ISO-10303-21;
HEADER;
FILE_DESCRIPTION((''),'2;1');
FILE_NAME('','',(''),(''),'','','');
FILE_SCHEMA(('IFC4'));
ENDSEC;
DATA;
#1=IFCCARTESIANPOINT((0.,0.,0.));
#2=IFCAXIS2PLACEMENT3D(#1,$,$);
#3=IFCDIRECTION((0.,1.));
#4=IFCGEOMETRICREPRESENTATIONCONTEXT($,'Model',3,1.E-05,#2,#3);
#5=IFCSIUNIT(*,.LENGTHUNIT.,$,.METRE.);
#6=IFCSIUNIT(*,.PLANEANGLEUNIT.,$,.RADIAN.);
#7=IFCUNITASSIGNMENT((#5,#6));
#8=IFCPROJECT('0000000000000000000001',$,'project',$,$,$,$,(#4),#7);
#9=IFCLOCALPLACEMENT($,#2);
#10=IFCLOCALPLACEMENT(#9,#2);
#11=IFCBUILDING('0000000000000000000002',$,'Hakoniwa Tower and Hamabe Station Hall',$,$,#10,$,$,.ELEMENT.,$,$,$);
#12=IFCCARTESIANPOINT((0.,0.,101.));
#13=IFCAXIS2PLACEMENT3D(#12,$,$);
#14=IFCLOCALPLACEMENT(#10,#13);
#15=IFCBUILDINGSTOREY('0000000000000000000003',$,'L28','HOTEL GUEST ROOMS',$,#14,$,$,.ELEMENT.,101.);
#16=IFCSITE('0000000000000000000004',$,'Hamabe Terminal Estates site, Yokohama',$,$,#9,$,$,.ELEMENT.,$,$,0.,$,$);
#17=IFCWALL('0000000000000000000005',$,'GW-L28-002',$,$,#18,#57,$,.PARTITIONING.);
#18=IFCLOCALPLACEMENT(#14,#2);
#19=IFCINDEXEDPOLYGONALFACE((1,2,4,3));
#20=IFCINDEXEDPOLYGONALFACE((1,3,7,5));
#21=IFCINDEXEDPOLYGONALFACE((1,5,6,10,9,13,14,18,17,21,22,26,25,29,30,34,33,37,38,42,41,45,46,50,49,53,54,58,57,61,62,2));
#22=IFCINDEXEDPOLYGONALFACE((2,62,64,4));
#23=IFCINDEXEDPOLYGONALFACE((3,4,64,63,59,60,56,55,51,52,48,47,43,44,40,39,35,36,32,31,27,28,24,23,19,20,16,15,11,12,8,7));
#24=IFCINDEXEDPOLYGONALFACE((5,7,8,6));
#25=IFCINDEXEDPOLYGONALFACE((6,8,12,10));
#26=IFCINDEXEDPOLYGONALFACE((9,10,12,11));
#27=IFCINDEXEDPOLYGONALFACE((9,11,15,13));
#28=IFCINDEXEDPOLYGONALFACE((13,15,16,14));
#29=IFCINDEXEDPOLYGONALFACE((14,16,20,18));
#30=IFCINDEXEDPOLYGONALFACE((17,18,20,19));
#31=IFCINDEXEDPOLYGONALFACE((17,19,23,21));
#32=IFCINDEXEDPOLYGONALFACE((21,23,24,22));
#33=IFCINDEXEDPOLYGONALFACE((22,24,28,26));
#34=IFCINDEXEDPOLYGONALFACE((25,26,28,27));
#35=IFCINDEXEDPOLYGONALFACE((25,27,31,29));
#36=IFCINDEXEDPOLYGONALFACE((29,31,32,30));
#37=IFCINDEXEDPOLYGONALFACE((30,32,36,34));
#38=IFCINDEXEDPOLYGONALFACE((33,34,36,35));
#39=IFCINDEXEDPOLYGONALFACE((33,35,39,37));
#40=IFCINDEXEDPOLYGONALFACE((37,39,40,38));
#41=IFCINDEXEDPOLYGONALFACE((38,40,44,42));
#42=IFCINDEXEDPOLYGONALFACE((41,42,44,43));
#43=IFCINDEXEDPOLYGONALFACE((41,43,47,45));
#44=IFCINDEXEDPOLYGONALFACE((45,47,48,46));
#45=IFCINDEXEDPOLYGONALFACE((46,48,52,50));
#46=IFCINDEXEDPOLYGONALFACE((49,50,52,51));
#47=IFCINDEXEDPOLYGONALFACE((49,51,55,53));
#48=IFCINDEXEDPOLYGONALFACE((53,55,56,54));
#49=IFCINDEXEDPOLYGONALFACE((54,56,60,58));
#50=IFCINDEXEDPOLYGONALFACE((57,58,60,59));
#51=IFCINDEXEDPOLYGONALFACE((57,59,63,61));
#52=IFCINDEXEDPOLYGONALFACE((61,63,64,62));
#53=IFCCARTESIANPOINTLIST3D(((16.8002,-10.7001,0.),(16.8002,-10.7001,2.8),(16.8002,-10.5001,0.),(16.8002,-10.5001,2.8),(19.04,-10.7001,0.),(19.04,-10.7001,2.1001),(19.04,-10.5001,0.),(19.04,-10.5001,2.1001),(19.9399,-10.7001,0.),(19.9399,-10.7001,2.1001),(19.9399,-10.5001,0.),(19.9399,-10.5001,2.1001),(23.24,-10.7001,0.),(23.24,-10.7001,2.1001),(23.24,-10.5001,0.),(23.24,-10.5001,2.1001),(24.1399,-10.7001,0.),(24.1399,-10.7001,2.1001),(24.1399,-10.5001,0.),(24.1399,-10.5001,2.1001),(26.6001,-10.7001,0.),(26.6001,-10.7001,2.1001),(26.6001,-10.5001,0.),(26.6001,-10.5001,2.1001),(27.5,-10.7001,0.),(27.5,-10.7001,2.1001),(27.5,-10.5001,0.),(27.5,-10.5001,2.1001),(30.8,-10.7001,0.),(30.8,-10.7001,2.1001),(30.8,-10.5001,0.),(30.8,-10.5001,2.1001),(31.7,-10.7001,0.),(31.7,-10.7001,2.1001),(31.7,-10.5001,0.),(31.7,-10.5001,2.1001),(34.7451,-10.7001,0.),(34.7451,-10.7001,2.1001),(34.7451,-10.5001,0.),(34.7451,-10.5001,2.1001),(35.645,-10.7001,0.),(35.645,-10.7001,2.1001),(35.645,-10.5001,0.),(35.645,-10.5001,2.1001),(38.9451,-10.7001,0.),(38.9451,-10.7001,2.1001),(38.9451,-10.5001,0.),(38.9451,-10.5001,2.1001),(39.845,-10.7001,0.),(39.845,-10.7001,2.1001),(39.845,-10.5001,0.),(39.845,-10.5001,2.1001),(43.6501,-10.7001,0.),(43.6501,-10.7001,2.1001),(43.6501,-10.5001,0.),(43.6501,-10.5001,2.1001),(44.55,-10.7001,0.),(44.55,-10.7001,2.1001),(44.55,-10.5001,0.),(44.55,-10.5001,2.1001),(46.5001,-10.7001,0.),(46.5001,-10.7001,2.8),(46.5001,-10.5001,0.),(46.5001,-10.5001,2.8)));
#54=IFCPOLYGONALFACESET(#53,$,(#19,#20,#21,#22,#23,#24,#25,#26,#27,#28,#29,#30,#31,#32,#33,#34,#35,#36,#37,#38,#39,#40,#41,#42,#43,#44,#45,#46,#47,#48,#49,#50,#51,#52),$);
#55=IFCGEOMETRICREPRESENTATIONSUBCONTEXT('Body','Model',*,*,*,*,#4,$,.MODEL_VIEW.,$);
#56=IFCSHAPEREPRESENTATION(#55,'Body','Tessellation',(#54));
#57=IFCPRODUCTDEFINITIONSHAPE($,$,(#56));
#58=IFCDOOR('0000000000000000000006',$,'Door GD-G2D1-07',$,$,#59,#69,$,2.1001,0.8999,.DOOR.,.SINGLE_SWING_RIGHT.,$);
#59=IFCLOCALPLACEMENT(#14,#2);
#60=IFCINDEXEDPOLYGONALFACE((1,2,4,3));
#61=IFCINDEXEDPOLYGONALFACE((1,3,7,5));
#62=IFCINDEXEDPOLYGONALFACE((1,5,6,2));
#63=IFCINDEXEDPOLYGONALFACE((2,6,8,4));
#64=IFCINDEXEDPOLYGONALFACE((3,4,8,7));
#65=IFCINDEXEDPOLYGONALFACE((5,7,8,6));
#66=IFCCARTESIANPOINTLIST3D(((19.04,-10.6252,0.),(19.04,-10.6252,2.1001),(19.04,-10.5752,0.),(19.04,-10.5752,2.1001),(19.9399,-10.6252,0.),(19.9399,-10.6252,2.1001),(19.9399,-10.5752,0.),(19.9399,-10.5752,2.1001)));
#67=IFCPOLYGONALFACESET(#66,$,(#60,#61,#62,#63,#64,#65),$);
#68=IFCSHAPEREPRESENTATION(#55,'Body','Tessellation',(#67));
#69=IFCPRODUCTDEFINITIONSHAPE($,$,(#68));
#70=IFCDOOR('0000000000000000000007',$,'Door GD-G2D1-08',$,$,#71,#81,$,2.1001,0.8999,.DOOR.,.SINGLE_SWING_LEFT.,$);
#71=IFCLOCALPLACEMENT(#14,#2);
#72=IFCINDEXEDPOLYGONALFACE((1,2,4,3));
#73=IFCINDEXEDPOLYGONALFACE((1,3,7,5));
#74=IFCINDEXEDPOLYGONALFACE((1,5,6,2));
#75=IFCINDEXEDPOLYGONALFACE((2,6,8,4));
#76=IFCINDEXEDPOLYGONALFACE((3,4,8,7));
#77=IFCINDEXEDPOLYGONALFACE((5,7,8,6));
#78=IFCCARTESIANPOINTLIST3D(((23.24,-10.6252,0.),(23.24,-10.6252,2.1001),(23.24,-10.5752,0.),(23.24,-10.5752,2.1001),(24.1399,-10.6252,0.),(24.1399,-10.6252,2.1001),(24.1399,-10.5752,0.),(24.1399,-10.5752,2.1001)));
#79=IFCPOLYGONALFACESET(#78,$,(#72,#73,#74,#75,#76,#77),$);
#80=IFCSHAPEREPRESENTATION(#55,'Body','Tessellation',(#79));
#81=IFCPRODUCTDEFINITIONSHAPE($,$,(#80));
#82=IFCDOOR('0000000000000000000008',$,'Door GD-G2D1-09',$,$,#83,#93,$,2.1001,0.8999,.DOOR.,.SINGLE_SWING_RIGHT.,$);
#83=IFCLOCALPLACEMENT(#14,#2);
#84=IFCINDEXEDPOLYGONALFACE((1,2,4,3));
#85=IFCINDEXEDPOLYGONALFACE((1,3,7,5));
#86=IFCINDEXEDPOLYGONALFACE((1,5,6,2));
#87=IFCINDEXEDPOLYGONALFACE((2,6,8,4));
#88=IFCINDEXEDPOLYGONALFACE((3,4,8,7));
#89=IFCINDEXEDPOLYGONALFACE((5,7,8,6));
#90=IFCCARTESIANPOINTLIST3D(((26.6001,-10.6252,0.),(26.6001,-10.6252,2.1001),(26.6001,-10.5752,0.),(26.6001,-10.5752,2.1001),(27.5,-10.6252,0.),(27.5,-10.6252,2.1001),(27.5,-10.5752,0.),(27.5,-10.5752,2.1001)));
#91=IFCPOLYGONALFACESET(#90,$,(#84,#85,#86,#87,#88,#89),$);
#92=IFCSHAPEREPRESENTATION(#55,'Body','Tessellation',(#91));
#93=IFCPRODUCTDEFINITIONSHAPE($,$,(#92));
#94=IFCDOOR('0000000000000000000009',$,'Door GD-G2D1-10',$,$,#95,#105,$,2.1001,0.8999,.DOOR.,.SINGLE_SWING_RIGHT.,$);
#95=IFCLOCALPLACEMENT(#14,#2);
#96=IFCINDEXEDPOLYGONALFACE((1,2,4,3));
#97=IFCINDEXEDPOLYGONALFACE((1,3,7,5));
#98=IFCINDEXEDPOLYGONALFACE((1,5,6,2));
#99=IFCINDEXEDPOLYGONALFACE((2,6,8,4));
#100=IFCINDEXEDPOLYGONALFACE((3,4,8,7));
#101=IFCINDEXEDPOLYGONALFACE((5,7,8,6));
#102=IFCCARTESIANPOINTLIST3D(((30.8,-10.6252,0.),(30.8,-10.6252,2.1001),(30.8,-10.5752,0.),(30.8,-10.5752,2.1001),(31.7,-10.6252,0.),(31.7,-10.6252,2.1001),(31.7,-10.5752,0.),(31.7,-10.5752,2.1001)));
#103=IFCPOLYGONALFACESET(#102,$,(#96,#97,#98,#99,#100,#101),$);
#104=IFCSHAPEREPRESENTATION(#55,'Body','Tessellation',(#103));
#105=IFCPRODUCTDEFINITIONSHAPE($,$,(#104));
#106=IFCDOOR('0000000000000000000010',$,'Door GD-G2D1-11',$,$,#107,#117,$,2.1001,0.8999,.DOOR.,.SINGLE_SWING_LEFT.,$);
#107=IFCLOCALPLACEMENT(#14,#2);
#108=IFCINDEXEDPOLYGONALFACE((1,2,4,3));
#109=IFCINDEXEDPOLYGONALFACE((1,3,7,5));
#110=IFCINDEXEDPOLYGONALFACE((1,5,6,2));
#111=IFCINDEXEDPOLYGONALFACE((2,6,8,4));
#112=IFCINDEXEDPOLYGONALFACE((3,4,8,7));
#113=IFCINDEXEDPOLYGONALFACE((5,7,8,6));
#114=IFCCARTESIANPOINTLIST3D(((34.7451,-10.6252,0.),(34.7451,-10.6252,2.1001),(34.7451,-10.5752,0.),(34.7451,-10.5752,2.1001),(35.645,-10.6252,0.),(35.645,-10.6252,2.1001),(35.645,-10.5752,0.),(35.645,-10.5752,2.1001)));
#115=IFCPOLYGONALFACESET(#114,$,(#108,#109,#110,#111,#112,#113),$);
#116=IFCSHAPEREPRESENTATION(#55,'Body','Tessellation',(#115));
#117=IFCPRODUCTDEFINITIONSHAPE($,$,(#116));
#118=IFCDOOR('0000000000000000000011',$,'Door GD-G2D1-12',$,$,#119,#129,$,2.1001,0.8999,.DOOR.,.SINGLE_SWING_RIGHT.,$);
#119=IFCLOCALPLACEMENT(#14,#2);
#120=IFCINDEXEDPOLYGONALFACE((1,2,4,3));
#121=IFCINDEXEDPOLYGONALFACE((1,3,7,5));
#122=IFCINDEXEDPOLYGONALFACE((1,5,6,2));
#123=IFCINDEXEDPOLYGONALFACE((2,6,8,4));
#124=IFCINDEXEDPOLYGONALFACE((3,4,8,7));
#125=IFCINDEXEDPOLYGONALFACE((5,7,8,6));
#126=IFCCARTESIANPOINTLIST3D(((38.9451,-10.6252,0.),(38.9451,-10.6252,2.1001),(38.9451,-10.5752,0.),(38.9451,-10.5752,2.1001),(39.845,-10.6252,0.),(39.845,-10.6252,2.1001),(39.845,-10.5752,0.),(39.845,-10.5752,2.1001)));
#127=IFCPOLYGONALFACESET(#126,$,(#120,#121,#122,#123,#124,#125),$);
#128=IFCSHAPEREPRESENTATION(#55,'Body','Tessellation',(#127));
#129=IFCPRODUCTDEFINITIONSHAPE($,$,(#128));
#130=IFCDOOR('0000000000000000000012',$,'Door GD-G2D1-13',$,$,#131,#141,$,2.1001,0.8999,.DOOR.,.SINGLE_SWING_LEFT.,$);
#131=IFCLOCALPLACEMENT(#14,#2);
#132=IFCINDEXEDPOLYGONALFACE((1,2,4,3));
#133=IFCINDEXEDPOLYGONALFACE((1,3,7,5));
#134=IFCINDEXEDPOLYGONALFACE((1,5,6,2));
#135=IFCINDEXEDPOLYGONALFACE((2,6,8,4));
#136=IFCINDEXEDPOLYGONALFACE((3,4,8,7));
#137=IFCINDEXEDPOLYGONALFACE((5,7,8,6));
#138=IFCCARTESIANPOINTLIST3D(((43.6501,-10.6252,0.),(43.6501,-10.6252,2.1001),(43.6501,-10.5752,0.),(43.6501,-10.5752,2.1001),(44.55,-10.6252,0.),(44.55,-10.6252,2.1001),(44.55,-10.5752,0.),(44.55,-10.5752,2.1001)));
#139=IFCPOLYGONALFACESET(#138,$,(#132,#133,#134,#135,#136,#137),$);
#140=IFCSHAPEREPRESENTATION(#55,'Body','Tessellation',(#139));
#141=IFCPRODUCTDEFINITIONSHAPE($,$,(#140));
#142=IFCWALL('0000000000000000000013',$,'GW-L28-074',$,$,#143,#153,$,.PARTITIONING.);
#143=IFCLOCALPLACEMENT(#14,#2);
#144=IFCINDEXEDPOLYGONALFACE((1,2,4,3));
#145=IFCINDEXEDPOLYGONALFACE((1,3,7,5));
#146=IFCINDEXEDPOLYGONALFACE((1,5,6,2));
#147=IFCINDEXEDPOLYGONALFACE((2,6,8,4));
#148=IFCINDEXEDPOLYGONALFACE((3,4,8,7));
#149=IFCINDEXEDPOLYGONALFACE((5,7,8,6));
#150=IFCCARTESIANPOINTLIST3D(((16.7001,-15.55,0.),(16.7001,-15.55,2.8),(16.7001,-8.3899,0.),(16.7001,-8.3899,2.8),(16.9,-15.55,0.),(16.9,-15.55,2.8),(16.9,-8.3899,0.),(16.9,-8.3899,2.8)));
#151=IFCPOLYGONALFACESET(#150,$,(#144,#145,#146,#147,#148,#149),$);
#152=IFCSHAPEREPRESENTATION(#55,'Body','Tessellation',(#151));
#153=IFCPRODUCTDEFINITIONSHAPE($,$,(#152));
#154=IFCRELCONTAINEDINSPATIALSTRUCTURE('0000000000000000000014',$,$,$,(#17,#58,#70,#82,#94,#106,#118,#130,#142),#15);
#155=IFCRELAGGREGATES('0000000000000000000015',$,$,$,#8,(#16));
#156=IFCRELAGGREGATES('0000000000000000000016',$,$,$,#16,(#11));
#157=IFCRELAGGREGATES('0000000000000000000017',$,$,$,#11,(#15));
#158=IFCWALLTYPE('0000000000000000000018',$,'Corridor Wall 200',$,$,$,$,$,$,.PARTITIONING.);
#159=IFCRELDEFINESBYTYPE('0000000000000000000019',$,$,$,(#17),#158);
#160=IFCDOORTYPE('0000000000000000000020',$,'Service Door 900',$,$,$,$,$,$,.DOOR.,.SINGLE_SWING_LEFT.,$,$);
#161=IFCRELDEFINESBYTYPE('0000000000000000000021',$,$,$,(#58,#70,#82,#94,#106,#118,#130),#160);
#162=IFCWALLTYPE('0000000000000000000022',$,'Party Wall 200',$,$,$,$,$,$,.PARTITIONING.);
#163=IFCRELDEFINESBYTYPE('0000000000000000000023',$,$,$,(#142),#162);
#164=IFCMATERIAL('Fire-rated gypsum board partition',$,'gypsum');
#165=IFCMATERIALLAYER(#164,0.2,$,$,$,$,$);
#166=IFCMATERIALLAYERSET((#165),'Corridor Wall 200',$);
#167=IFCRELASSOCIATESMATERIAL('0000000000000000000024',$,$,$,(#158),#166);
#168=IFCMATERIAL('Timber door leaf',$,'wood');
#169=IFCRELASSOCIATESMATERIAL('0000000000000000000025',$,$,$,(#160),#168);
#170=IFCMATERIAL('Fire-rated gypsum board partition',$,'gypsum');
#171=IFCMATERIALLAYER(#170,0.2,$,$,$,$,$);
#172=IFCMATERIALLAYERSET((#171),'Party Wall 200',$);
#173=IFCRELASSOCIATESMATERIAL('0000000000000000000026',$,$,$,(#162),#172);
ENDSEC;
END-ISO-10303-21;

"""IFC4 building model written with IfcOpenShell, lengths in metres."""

from ifc_helpers import new_model, si_unit, direction, frame, frame_2d, origin, place, context, subcontext, project, spatial, rectangle, extrude, material, layer, layer_set, type_object, element, fill, save


model = new_model("IFC4")

# Units and contexts
model_context = context("Model", 3, precision=1e-05, world=origin(), true_north=direction((0.0, 1.0)))
body_context = subcontext(model_context, "Body", "Model", "MODEL_VIEW")
ifc_project = project(units=[si_unit("LENGTHUNIT", "METRE"), si_unit("PLANEANGLEUNIT", "RADIAN")], contexts=[model_context])

# Site, building, storey
site_placement = place(None, origin())
site = spatial("IfcSite", under=ifc_project, at=site_placement, Name="Hamabe Terminal Estates site, Yokohama", CompositionType="ELEMENT", RefElevation=0.0)
building_placement = place(site_placement, origin())
building = spatial("IfcBuilding", under=site, at=building_placement, Name="Hakoniwa Tower and Hamabe Station Hall", CompositionType="ELEMENT")
storey_placement = place(building_placement, frame((0.0, 0.0, 101.0)))
storey = spatial("IfcBuildingStorey", under=building, at=storey_placement, Name="L28", Description="HOTEL GUEST ROOMS", CompositionType="ELEMENT", Elevation=101.0)

# Wall, openings, doors
ifc_material_1 = material(Name="Fire-rated gypsum board partition", Category="gypsum")
ifc_layer_1 = layer(ifc_material_1, 0.2)
ifc_layer_set_1 = layer_set([ifc_layer_1], Name="Corridor Wall 200")
wall_type_1 = type_object("IfcWallType", Name="Corridor Wall 200", PredefinedType="PARTITIONING", material=ifc_layer_set_1)
wall_1_placement = place(storey_placement, frame((16.8, -10.6001, 0.0), z_axis=(0.0, 0.0, 1.0), x_axis=(1.0, 0.0, 0.0)))
wall_1 = element("IfcWall", 1, at=wall_1_placement, inside=storey, type_object=wall_type_1, Name="GW-L28-002", PredefinedType="PARTITIONING", context=body_context, shape_type="SweptSolid", body=[
    extrude(rectangle(XDim=29.7, YDim=0.2, at=frame_2d((14.8501, 0.0))), origin(), (0.0, 0.0, 1.0), 2.8),
])
opening_1_placement = place(wall_1_placement, frame((2.24, 0.0, 0.0)))
opening_1 = element("IfcOpeningElement", 2, at=opening_1_placement, cuts=wall_1, PredefinedType="OPENING", context=body_context, shape_type="SweptSolid", body=[
    extrude(rectangle(XDim=0.8999, YDim=2.1001, at=frame_2d((0.45, 1.05))), frame((0.0, 0.1099, 0.0), z_axis=(0.0, -1.0, 0.0), x_axis=(1.0, 0.0, 0.0)), (0.0, 0.0, 1.0), 0.22),
])
opening_2_placement = place(wall_1_placement, frame((6.4399, 0.0, 0.0)))
opening_2 = element("IfcOpeningElement", 3, at=opening_2_placement, cuts=wall_1, PredefinedType="OPENING", context=body_context, shape_type="SweptSolid", body=[
    extrude(rectangle(XDim=0.8999, YDim=2.1001, at=frame_2d((0.45, 1.05))), frame((0.0, 0.1099, 0.0), z_axis=(0.0, -1.0, 0.0), x_axis=(1.0, 0.0, 0.0)), (0.0, 0.0, 1.0), 0.22),
])
opening_3_placement = place(wall_1_placement, frame((9.8, 0.0, 0.0)))
opening_3 = element("IfcOpeningElement", 4, at=opening_3_placement, cuts=wall_1, PredefinedType="OPENING", context=body_context, shape_type="SweptSolid", body=[
    extrude(rectangle(XDim=0.8999, YDim=2.1001, at=frame_2d((0.45, 1.05))), frame((0.0, 0.1099, 0.0), z_axis=(0.0, -1.0, 0.0), x_axis=(1.0, 0.0, 0.0)), (0.0, 0.0, 1.0), 0.22),
])
opening_4_placement = place(wall_1_placement, frame((14.0, 0.0, 0.0)))
opening_4 = element("IfcOpeningElement", 5, at=opening_4_placement, cuts=wall_1, PredefinedType="OPENING", context=body_context, shape_type="SweptSolid", body=[
    extrude(rectangle(XDim=0.8999, YDim=2.1001, at=frame_2d((0.45, 1.05))), frame((0.0, 0.1099, 0.0), z_axis=(0.0, -1.0, 0.0), x_axis=(1.0, 0.0, 0.0)), (0.0, 0.0, 1.0), 0.22),
])
opening_5_placement = place(wall_1_placement, frame((17.9451, 0.0, 0.0)))
opening_5 = element("IfcOpeningElement", 6, at=opening_5_placement, cuts=wall_1, PredefinedType="OPENING", context=body_context, shape_type="SweptSolid", body=[
    extrude(rectangle(XDim=0.8999, YDim=2.1001, at=frame_2d((0.45, 1.05))), frame((0.0, 0.1099, 0.0), z_axis=(0.0, -1.0, 0.0), x_axis=(1.0, 0.0, 0.0)), (0.0, 0.0, 1.0), 0.22),
])
opening_6_placement = place(wall_1_placement, frame((22.145, 0.0, 0.0)))
opening_6 = element("IfcOpeningElement", 7, at=opening_6_placement, cuts=wall_1, PredefinedType="OPENING", context=body_context, shape_type="SweptSolid", body=[
    extrude(rectangle(XDim=0.8999, YDim=2.1001, at=frame_2d((0.45, 1.05))), frame((0.0, 0.1099, 0.0), z_axis=(0.0, -1.0, 0.0), x_axis=(1.0, 0.0, 0.0)), (0.0, 0.0, 1.0), 0.22),
])
opening_7_placement = place(wall_1_placement, frame((26.8501, 0.0, 0.0)))
opening_7 = element("IfcOpeningElement", 8, at=opening_7_placement, cuts=wall_1, PredefinedType="OPENING", context=body_context, shape_type="SweptSolid", body=[
    extrude(rectangle(XDim=0.8999, YDim=2.1001, at=frame_2d((0.45, 1.05))), frame((0.0, 0.1099, 0.0), z_axis=(0.0, -1.0, 0.0), x_axis=(1.0, 0.0, 0.0)), (0.0, 0.0, 1.0), 0.22),
])
ifc_material_2 = material(Name="Timber door leaf", Category="wood")
door_type_1 = type_object("IfcDoorType", Name="Service Door 900", OperationType="SINGLE_SWING_LEFT", PredefinedType="DOOR", material=ifc_material_2)
door_1_placement = place(opening_1_placement, origin())
door_1 = element("IfcDoor", 9, at=door_1_placement, inside=storey, type_object=door_type_1, Name="Door GD-G2D1-07", OperationType="SINGLE_SWING_RIGHT", OverallHeight=2.1001, OverallWidth=0.8999, PredefinedType="DOOR", context=body_context, shape_type="SweptSolid", body=[
    extrude(rectangle(XDim=0.8999, YDim=2.1001, at=frame_2d((0.45, 1.05))), frame((0.0, 0.0249, 0.0), z_axis=(0.0, -1.0, 0.0), x_axis=(1.0, 0.0, 0.0)), (0.0, 0.0, 1.0), 0.05),
])
fill(opening_1, door_1)
door_2_placement = place(opening_2_placement, origin())
door_2 = element("IfcDoor", 10, at=door_2_placement, inside=storey, type_object=door_type_1, Name="Door GD-G2D1-08", OperationType="SINGLE_SWING_LEFT", OverallHeight=2.1001, OverallWidth=0.8999, PredefinedType="DOOR", context=body_context, shape_type="SweptSolid", body=[
    extrude(rectangle(XDim=0.8999, YDim=2.1001, at=frame_2d((0.45, 1.05))), frame((0.0, 0.0249, 0.0), z_axis=(0.0, -1.0, 0.0), x_axis=(1.0, 0.0, 0.0)), (0.0, 0.0, 1.0), 0.05),
])
fill(opening_2, door_2)
door_3_placement = place(opening_3_placement, origin())
door_3 = element("IfcDoor", 11, at=door_3_placement, inside=storey, type_object=door_type_1, Name="Door GD-G2D1-09", OperationType="SINGLE_SWING_RIGHT", OverallHeight=2.1001, OverallWidth=0.8999, PredefinedType="DOOR", context=body_context, shape_type="SweptSolid", body=[
    extrude(rectangle(XDim=0.8999, YDim=2.1001, at=frame_2d((0.45, 1.05))), frame((0.0, 0.0249, 0.0), z_axis=(0.0, -1.0, 0.0), x_axis=(1.0, 0.0, 0.0)), (0.0, 0.0, 1.0), 0.05),
])
fill(opening_3, door_3)
door_4_placement = place(opening_4_placement, origin())
door_4 = element("IfcDoor", 12, at=door_4_placement, inside=storey, type_object=door_type_1, Name="Door GD-G2D1-10", OperationType="SINGLE_SWING_RIGHT", OverallHeight=2.1001, OverallWidth=0.8999, PredefinedType="DOOR", context=body_context, shape_type="SweptSolid", body=[
    extrude(rectangle(XDim=0.8999, YDim=2.1001, at=frame_2d((0.45, 1.05))), frame((0.0, 0.0249, 0.0), z_axis=(0.0, -1.0, 0.0), x_axis=(1.0, 0.0, 0.0)), (0.0, 0.0, 1.0), 0.05),
])
fill(opening_4, door_4)
door_5_placement = place(opening_5_placement, origin())
door_5 = element("IfcDoor", 13, at=door_5_placement, inside=storey, type_object=door_type_1, Name="Door GD-G2D1-11", OperationType="SINGLE_SWING_LEFT", OverallHeight=2.1001, OverallWidth=0.8999, PredefinedType="DOOR", context=body_context, shape_type="SweptSolid", body=[
    extrude(rectangle(XDim=0.8999, YDim=2.1001, at=frame_2d((0.45, 1.05))), frame((0.0, 0.0249, 0.0), z_axis=(0.0, -1.0, 0.0), x_axis=(1.0, 0.0, 0.0)), (0.0, 0.0, 1.0), 0.05),
])
fill(opening_5, door_5)
door_6_placement = place(opening_6_placement, origin())
door_6 = element("IfcDoor", 14, at=door_6_placement, inside=storey, type_object=door_type_1, Name="Door GD-G2D1-12", OperationType="SINGLE_SWING_RIGHT", OverallHeight=2.1001, OverallWidth=0.8999, PredefinedType="DOOR", context=body_context, shape_type="SweptSolid", body=[
    extrude(rectangle(XDim=0.8999, YDim=2.1001, at=frame_2d((0.45, 1.05))), frame((0.0, 0.0249, 0.0), z_axis=(0.0, -1.0, 0.0), x_axis=(1.0, 0.0, 0.0)), (0.0, 0.0, 1.0), 0.05),
])
fill(opening_6, door_6)
door_7_placement = place(opening_7_placement, origin())
door_7 = element("IfcDoor", 15, at=door_7_placement, inside=storey, type_object=door_type_1, Name="Door GD-G2D1-13", OperationType="SINGLE_SWING_LEFT", OverallHeight=2.1001, OverallWidth=0.8999, PredefinedType="DOOR", context=body_context, shape_type="SweptSolid", body=[
    extrude(rectangle(XDim=0.8999, YDim=2.1001, at=frame_2d((0.45, 1.05))), frame((0.0, 0.0249, 0.0), z_axis=(0.0, -1.0, 0.0), x_axis=(1.0, 0.0, 0.0)), (0.0, 0.0, 1.0), 0.05),
])
fill(opening_7, door_7)

# Wall
ifc_material_3 = material(Name="Fire-rated gypsum board partition", Category="gypsum")
ifc_layer_2 = layer(ifc_material_3, 0.2)
ifc_layer_set_2 = layer_set([ifc_layer_2], Name="Party Wall 200")
wall_type_2 = type_object("IfcWallType", Name="Party Wall 200", PredefinedType="PARTITIONING", material=ifc_layer_set_2)
wall_2_placement = place(storey_placement, frame((16.8, -15.55, 0.0), z_axis=(0.0, 0.0, 1.0), x_axis=(0.0, 1.0, 0.0)))
element("IfcWall", 16, at=wall_2_placement, inside=storey, type_object=wall_type_2, Name="GW-L28-074", PredefinedType="PARTITIONING", context=body_context, shape_type="SweptSolid", body=[
    extrude(rectangle(XDim=7.1602, YDim=0.2, at=frame_2d((3.5801, 0.0))), origin(), (0.0, 0.0, 1.0), 2.8),
])

save(model, "model.ifc")
